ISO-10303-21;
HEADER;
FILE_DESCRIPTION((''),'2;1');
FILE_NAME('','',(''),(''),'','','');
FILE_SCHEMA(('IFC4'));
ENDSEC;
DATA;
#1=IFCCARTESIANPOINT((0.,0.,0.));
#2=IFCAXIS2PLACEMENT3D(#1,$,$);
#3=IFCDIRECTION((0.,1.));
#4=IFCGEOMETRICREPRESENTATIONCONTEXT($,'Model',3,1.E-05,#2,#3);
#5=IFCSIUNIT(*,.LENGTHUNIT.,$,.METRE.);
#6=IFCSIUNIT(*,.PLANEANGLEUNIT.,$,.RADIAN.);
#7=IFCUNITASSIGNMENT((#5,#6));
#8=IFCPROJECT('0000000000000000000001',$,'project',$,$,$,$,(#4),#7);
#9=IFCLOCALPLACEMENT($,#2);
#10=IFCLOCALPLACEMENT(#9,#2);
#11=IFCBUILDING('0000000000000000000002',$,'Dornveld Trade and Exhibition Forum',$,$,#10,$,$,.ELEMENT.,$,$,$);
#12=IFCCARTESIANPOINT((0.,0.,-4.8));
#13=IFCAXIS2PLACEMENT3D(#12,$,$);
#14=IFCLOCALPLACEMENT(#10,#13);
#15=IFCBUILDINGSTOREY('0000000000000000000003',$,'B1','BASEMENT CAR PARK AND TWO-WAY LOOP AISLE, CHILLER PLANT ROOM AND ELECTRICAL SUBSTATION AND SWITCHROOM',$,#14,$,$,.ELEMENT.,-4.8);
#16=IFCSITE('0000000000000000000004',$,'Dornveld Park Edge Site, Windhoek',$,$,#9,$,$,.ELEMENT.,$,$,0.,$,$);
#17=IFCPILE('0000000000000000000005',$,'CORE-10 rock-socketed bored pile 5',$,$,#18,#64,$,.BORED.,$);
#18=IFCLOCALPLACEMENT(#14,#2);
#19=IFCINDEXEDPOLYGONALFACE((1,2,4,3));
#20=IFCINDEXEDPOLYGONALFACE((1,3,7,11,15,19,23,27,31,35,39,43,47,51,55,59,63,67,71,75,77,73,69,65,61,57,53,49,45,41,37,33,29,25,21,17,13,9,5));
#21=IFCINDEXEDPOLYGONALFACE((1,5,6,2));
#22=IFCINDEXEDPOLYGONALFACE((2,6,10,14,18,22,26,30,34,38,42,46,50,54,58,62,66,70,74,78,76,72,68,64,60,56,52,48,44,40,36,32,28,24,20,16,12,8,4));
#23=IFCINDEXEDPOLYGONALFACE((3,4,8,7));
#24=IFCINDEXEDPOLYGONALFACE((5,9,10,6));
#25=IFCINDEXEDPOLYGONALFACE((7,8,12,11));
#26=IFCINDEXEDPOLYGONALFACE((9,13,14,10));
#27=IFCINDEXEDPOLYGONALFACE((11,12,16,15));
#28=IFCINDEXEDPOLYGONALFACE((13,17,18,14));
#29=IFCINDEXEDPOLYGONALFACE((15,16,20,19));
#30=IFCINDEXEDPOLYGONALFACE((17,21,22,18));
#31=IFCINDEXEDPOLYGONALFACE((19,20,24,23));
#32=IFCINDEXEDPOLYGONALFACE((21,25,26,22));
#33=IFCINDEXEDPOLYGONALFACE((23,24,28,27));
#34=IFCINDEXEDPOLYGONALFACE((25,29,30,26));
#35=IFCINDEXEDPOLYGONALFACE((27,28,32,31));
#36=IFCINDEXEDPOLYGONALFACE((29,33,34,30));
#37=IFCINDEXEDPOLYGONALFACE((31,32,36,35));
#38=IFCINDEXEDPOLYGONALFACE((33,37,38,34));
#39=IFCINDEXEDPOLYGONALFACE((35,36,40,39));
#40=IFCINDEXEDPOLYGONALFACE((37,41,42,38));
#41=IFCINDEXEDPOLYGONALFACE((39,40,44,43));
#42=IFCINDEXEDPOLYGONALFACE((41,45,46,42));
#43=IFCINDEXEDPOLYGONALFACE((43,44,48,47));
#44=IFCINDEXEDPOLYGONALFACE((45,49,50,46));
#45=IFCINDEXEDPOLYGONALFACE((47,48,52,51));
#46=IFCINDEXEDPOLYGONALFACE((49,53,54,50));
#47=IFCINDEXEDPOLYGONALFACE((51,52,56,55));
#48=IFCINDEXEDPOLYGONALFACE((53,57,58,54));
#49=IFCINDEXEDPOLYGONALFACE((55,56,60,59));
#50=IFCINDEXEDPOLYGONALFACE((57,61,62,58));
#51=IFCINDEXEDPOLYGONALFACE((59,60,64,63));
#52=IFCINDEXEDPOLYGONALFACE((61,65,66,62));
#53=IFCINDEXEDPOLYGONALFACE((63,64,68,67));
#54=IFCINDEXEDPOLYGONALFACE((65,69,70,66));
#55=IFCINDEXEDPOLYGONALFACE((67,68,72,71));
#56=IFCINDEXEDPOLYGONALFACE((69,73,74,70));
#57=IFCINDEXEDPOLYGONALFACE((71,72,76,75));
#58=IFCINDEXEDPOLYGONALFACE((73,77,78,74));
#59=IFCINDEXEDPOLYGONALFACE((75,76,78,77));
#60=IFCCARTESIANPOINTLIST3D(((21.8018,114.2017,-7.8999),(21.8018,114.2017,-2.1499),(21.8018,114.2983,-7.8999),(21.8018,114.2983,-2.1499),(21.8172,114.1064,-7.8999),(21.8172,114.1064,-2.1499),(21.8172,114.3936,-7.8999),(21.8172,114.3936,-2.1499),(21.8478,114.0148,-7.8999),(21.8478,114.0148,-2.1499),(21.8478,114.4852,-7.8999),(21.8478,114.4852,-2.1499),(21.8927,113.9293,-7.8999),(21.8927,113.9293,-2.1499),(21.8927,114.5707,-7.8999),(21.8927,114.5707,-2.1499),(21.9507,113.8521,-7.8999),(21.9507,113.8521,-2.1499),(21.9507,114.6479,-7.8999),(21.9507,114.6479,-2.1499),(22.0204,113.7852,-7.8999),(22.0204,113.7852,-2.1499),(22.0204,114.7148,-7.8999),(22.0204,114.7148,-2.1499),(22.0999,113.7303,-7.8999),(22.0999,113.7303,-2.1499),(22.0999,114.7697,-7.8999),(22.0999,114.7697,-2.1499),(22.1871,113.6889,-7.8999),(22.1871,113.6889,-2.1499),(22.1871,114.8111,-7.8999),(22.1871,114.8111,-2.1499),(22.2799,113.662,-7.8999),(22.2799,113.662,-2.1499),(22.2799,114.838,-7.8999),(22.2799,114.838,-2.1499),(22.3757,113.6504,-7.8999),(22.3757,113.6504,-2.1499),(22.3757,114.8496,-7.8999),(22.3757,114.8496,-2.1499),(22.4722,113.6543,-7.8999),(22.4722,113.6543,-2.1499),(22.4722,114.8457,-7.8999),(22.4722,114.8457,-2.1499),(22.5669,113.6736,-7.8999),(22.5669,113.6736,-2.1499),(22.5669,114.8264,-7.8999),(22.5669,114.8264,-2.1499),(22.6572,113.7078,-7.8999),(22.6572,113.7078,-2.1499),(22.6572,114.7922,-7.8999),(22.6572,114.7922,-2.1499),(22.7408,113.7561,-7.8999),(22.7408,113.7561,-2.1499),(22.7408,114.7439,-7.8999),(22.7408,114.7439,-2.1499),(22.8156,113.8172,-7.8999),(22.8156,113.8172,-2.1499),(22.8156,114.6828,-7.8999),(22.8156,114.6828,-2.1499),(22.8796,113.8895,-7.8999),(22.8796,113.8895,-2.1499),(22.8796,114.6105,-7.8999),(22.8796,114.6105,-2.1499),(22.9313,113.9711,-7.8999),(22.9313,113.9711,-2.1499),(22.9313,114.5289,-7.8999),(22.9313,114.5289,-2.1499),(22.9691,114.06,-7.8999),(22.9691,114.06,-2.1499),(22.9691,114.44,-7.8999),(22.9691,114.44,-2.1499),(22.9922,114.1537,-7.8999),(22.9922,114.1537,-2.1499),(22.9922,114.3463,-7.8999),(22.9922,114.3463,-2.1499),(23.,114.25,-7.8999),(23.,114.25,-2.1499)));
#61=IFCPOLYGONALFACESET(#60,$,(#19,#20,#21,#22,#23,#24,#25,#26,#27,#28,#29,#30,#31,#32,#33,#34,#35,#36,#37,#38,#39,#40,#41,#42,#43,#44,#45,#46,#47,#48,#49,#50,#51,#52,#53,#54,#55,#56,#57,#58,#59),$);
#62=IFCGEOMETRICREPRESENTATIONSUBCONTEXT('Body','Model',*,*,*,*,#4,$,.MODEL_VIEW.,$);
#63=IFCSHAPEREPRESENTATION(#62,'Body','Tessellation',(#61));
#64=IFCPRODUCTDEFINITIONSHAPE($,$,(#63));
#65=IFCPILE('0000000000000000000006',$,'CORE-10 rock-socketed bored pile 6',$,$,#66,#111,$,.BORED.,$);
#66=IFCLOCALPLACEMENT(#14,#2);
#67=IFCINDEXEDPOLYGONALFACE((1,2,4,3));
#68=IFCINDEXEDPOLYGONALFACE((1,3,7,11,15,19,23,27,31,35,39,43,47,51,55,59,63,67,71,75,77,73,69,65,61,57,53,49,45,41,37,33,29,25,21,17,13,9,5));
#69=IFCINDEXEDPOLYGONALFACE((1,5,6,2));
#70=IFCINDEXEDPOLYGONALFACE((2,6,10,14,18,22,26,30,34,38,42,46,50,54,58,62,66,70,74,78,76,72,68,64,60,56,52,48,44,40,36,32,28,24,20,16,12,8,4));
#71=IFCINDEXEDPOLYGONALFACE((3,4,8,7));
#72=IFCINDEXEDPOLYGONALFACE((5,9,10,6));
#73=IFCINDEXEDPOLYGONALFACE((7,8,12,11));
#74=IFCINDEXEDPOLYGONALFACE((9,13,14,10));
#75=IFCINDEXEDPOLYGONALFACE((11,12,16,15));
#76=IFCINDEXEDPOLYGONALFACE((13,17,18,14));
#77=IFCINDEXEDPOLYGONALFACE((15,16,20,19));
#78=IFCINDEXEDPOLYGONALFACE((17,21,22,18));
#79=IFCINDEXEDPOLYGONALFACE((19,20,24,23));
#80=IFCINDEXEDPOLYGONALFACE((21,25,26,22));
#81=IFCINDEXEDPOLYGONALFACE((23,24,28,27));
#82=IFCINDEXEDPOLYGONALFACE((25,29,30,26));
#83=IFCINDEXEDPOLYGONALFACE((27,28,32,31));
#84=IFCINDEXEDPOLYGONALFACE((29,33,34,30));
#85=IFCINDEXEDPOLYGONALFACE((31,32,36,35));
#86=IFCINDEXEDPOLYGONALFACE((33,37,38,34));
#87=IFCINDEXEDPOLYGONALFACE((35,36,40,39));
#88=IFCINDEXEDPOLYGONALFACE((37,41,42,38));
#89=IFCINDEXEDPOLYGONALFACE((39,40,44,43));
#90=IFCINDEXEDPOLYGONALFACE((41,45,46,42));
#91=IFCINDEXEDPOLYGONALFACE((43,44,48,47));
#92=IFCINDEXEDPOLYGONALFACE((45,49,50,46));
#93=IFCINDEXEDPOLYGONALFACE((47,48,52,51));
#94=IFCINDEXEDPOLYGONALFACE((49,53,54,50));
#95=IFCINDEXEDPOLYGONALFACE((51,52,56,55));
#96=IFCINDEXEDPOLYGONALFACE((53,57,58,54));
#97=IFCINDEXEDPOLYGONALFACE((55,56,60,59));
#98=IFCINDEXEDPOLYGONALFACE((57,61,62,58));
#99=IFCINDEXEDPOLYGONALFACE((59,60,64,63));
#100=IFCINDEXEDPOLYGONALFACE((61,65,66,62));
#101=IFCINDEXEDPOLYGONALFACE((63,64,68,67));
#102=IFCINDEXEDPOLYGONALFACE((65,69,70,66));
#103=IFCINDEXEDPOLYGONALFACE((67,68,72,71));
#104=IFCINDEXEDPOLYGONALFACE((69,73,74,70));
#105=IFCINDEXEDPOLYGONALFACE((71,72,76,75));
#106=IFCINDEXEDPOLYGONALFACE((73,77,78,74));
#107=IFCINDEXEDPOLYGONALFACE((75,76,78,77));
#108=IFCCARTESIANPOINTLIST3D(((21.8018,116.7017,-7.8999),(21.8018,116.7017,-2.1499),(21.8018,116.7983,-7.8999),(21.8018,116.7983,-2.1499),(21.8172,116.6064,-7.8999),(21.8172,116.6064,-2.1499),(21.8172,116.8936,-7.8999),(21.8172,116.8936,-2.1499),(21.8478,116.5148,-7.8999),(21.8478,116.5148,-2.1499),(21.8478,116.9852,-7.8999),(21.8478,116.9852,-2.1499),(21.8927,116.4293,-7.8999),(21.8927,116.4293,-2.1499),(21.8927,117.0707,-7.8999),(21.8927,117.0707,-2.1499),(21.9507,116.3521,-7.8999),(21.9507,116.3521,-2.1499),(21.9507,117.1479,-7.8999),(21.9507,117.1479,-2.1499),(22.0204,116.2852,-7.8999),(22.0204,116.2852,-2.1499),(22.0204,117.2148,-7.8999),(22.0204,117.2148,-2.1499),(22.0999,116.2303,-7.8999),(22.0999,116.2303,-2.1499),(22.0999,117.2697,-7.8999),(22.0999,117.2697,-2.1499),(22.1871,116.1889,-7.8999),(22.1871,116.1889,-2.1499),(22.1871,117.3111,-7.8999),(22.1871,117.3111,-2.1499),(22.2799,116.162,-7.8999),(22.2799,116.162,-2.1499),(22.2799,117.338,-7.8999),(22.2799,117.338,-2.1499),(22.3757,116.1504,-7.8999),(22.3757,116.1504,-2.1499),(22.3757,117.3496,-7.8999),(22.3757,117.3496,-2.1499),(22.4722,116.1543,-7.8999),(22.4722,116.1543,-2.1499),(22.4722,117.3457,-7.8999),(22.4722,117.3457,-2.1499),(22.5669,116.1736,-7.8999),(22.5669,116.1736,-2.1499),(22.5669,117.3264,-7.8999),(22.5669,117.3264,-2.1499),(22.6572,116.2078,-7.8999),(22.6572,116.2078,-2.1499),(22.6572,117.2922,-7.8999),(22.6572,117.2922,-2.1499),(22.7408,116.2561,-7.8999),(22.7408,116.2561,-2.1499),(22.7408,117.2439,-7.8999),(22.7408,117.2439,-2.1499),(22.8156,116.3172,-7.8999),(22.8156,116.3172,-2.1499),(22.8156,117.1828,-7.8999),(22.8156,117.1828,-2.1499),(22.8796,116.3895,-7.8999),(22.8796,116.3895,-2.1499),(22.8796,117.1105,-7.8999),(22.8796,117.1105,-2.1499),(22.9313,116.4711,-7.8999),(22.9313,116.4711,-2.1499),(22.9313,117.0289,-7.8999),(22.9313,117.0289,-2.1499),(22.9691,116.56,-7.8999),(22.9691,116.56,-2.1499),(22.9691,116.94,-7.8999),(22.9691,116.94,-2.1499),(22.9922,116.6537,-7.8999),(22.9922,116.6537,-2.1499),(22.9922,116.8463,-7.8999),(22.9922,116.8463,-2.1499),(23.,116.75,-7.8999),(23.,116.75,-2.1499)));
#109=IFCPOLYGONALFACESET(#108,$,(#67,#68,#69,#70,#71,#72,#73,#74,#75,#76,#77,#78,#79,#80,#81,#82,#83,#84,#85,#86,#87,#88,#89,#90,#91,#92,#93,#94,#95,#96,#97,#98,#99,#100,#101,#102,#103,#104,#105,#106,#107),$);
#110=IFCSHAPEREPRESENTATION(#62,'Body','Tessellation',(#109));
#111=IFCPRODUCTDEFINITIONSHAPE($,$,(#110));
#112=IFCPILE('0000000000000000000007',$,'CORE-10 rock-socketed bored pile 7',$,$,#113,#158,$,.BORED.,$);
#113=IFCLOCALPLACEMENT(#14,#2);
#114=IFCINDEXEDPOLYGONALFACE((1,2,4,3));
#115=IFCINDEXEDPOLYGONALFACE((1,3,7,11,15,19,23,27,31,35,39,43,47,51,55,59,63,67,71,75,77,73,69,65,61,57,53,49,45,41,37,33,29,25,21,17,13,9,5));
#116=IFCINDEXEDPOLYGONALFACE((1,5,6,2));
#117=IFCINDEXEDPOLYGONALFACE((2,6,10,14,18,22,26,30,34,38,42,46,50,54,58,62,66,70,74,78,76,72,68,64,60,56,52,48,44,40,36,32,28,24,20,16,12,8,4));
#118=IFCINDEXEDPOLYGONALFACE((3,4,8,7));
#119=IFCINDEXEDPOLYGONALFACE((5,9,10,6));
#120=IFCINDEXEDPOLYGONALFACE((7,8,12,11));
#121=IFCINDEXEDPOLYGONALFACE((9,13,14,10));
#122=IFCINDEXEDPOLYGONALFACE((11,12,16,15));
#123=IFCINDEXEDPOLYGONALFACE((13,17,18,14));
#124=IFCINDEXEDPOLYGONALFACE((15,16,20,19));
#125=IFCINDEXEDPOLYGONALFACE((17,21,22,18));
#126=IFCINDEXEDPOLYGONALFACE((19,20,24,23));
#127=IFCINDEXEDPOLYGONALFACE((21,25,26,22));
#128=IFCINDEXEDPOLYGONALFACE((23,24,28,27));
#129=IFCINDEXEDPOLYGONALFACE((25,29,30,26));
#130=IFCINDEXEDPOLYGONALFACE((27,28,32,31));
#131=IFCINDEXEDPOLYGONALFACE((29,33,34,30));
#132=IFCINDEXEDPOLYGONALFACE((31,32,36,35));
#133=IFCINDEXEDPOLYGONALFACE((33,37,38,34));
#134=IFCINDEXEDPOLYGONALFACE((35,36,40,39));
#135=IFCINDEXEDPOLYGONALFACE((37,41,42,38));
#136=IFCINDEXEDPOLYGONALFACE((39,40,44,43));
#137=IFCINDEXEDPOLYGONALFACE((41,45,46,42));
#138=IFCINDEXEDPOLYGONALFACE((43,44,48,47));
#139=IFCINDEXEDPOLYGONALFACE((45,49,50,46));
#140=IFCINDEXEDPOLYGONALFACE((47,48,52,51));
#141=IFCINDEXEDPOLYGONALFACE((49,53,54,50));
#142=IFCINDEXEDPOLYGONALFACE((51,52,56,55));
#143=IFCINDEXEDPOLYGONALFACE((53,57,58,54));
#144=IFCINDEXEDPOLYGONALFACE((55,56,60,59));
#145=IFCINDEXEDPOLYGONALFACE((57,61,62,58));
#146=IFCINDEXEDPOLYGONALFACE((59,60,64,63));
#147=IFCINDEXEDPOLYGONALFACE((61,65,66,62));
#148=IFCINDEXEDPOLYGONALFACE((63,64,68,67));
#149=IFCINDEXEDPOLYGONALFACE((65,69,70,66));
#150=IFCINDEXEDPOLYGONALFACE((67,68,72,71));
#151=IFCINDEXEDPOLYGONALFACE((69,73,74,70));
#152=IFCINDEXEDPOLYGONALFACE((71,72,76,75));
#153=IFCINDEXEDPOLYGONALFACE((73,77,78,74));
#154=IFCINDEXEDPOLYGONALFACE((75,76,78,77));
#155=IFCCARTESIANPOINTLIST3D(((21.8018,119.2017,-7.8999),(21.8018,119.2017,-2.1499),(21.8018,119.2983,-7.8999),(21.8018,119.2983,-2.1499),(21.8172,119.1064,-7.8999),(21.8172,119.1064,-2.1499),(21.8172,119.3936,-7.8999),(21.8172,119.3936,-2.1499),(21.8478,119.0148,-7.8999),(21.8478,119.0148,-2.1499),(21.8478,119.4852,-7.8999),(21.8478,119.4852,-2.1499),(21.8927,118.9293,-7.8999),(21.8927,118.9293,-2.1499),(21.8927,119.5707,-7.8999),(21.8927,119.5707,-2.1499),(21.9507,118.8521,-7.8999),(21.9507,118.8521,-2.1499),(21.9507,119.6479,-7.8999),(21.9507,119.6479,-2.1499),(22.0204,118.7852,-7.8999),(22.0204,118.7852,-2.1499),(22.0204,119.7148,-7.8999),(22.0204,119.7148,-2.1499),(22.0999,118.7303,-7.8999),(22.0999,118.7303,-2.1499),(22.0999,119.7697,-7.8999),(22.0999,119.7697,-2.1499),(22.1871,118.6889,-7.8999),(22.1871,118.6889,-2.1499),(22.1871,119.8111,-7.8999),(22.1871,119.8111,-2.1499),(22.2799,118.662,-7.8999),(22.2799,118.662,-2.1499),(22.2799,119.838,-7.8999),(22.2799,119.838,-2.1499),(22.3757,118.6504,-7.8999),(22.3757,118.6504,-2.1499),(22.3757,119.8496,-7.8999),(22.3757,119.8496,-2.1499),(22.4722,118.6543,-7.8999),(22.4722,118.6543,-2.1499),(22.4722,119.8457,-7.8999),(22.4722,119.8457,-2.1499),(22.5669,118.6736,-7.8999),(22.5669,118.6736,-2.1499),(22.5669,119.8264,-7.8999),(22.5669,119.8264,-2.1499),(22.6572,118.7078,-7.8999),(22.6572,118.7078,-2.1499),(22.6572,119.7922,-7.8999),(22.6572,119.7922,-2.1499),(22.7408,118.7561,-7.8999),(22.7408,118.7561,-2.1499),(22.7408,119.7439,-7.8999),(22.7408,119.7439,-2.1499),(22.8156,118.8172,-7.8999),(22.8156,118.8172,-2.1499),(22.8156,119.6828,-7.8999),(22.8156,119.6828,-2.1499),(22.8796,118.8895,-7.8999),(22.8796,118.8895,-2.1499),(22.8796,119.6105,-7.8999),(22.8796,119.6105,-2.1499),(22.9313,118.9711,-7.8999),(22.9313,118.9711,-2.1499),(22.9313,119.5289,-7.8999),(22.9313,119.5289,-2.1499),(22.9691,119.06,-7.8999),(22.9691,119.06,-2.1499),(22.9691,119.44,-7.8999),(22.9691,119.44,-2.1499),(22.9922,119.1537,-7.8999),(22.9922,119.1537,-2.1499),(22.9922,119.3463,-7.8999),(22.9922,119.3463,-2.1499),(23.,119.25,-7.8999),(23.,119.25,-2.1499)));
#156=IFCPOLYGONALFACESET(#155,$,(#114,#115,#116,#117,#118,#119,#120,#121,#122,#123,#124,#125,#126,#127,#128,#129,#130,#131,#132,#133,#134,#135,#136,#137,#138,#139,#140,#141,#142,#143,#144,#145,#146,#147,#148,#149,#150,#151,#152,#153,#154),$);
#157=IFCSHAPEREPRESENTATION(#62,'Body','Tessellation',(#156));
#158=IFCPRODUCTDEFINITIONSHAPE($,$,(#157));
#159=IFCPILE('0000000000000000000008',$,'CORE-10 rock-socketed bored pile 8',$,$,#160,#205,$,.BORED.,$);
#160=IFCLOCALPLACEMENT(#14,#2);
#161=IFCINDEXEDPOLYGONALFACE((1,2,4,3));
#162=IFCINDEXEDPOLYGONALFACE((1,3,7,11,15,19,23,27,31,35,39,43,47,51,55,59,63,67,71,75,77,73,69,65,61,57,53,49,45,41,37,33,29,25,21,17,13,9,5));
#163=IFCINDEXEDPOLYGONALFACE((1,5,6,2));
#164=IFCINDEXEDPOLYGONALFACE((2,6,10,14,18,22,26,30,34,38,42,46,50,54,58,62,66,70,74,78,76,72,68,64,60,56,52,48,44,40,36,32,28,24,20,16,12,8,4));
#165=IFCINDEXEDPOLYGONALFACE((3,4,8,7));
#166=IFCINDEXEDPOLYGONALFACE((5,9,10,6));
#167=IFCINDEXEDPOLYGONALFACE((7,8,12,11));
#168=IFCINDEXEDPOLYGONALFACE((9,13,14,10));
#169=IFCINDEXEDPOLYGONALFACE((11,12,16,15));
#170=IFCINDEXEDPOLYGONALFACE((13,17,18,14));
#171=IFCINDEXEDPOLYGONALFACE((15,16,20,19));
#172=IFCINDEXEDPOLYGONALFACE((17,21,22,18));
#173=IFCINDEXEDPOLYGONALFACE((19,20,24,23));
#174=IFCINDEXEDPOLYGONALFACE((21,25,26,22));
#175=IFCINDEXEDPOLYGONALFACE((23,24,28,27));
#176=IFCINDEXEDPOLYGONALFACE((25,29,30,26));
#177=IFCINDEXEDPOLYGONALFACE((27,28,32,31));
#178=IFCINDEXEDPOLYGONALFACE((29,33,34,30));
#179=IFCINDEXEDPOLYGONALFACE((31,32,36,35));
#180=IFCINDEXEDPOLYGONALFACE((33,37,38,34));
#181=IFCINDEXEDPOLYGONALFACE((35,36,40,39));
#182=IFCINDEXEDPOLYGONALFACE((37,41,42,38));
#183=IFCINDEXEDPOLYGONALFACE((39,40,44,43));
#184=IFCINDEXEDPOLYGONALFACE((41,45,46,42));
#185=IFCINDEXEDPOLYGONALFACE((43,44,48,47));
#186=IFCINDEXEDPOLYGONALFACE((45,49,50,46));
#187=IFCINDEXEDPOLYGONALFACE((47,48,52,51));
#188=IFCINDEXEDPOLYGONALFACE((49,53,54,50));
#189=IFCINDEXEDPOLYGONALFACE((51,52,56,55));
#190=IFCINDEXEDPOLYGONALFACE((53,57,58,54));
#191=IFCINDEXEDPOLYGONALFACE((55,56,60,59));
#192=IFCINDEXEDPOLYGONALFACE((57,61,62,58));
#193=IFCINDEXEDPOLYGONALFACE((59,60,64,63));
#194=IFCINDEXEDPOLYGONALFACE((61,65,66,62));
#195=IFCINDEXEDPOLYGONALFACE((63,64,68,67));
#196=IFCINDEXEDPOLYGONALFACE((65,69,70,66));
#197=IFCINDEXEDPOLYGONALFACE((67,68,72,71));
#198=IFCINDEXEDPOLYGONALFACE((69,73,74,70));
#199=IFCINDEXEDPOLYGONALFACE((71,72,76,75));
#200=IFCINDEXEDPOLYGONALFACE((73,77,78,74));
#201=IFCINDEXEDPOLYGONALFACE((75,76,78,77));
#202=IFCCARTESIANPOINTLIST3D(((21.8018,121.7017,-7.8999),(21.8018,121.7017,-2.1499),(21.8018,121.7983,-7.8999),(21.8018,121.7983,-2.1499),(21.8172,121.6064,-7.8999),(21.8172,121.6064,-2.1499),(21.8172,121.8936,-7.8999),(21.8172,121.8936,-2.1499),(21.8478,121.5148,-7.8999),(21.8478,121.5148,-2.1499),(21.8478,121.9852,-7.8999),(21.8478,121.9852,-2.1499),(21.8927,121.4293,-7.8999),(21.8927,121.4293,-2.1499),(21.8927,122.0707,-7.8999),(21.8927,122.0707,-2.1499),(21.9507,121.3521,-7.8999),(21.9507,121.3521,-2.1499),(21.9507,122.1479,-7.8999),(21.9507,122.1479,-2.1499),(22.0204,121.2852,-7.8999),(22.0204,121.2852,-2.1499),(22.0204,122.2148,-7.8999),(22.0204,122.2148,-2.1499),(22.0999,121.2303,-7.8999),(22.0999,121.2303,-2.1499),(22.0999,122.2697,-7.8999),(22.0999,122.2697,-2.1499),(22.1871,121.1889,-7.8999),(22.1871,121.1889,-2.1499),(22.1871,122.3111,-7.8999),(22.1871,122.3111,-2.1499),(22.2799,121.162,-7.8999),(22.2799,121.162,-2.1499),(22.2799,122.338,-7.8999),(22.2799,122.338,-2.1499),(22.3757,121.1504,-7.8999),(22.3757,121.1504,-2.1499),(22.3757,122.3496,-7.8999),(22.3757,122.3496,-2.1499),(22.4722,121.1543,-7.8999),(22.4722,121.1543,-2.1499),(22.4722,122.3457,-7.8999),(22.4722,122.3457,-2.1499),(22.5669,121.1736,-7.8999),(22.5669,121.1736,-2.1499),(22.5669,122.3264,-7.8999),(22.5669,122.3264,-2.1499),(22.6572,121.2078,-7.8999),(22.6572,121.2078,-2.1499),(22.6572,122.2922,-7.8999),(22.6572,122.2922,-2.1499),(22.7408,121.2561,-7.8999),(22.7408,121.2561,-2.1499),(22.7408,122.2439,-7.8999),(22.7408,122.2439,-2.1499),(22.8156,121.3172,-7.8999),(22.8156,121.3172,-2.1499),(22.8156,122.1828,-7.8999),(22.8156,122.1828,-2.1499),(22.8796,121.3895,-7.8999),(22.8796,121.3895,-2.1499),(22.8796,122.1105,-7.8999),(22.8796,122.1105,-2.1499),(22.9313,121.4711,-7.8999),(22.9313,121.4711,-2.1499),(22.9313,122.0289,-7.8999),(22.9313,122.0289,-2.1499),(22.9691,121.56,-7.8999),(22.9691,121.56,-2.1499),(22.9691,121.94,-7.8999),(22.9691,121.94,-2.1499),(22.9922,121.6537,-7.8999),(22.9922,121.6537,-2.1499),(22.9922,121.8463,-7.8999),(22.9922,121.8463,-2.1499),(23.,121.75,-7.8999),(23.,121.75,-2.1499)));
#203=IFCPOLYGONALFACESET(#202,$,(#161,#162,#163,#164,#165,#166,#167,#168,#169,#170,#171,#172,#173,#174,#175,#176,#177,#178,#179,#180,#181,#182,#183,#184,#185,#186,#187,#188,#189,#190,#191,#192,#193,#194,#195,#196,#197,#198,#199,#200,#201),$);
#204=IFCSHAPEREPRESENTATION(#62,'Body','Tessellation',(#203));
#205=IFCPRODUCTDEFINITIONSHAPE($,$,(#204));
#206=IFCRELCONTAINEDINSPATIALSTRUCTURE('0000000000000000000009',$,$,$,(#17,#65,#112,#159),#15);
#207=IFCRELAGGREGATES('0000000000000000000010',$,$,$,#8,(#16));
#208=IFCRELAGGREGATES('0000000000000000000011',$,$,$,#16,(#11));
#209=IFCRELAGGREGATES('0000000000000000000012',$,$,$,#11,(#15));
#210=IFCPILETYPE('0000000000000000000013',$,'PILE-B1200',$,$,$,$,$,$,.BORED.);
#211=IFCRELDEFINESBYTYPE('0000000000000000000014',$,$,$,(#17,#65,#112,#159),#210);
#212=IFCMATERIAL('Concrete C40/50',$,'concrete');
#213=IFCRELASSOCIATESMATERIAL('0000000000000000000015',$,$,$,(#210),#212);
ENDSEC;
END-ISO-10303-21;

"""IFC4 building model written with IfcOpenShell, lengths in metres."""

from ifc_helpers import new_model, si_unit, direction, frame, origin, origin_2d, place, context, subcontext, project, spatial, circle, extrude, material, material_profile, profile_set, type_object, element, save


model = new_model("IFC4")

# Units and contexts
model_context = context("Model", 3, precision=1e-05, world=origin(), true_north=direction((0.0, 1.0)))
body_context = subcontext(model_context, "Body", "Model", "MODEL_VIEW")
ifc_project = project(units=[si_unit("LENGTHUNIT", "METRE"), si_unit("PLANEANGLEUNIT", "RADIAN")], contexts=[model_context])

# Site, building, storey
site_placement = place(None, origin())
site = spatial("IfcSite", under=ifc_project, at=site_placement, Name="Dornveld Park Edge Site, Windhoek", CompositionType="ELEMENT", RefElevation=0.0)
building_placement = place(site_placement, origin())
building = spatial("IfcBuilding", under=site, at=building_placement, Name="Dornveld Trade and Exhibition Forum", CompositionType="ELEMENT")
storey_placement = place(building_placement, frame((0.0, 0.0, -4.8)))
storey = spatial("IfcBuildingStorey", under=building, at=storey_placement, Name="B1", Description="BASEMENT CAR PARK AND TWO-WAY LOOP AISLE, CHILLER PLANT ROOM AND ELECTRICAL SUBSTATION AND SWITCHROOM", CompositionType="ELEMENT", Elevation=-4.8)

# Piles
ifc_material_1 = material(Name="Concrete C40/50", Category="concrete")
ifc_material_profile_1 = material_profile(ifc_material_1, circle(Radius=0.6001, at=origin_2d()), Name="PILE D1200")
ifc_profile_set_1 = profile_set([ifc_material_profile_1], Name="Concrete C40/50")
pile_type_1 = type_object("IfcPileType", Name="PILE-B1200", PredefinedType="BORED", material=ifc_profile_set_1)
for number, where, z_axis, x_axis, name in (
    (1, (22.3999, 114.25, -2.1499), (0.0, 0.0, -1.0), (1.0, 0.0, 0.0), "CORE-10 rock-socketed bored pile 5"),
    (2, (22.3999, 116.75, -2.1499), (0.0, 0.0, -1.0), (1.0, 0.0, 0.0), "CORE-10 rock-socketed bored pile 6"),
    (3, (22.3999, 119.25, -2.1499), (0.0, 0.0, -1.0), (1.0, 0.0, 0.0), "CORE-10 rock-socketed bored pile 7"),
    (4, (22.3999, 121.75, -2.1499), (0.0, 0.0, -1.0), (1.0, 0.0, 0.0), "CORE-10 rock-socketed bored pile 8"),
):
    element("IfcPile", number, at=place(storey_placement, frame(where, z_axis=z_axis, x_axis=x_axis)), inside=storey, type_object=pile_type_1, Name=name, PredefinedType="BORED", context=body_context, shape_type="SweptSolid", body=[
        extrude(circle(Radius=0.6001, at=origin_2d()), origin(), (0.0, 0.0, 1.0), 5.75),
    ])

save(model, "model.ifc")
